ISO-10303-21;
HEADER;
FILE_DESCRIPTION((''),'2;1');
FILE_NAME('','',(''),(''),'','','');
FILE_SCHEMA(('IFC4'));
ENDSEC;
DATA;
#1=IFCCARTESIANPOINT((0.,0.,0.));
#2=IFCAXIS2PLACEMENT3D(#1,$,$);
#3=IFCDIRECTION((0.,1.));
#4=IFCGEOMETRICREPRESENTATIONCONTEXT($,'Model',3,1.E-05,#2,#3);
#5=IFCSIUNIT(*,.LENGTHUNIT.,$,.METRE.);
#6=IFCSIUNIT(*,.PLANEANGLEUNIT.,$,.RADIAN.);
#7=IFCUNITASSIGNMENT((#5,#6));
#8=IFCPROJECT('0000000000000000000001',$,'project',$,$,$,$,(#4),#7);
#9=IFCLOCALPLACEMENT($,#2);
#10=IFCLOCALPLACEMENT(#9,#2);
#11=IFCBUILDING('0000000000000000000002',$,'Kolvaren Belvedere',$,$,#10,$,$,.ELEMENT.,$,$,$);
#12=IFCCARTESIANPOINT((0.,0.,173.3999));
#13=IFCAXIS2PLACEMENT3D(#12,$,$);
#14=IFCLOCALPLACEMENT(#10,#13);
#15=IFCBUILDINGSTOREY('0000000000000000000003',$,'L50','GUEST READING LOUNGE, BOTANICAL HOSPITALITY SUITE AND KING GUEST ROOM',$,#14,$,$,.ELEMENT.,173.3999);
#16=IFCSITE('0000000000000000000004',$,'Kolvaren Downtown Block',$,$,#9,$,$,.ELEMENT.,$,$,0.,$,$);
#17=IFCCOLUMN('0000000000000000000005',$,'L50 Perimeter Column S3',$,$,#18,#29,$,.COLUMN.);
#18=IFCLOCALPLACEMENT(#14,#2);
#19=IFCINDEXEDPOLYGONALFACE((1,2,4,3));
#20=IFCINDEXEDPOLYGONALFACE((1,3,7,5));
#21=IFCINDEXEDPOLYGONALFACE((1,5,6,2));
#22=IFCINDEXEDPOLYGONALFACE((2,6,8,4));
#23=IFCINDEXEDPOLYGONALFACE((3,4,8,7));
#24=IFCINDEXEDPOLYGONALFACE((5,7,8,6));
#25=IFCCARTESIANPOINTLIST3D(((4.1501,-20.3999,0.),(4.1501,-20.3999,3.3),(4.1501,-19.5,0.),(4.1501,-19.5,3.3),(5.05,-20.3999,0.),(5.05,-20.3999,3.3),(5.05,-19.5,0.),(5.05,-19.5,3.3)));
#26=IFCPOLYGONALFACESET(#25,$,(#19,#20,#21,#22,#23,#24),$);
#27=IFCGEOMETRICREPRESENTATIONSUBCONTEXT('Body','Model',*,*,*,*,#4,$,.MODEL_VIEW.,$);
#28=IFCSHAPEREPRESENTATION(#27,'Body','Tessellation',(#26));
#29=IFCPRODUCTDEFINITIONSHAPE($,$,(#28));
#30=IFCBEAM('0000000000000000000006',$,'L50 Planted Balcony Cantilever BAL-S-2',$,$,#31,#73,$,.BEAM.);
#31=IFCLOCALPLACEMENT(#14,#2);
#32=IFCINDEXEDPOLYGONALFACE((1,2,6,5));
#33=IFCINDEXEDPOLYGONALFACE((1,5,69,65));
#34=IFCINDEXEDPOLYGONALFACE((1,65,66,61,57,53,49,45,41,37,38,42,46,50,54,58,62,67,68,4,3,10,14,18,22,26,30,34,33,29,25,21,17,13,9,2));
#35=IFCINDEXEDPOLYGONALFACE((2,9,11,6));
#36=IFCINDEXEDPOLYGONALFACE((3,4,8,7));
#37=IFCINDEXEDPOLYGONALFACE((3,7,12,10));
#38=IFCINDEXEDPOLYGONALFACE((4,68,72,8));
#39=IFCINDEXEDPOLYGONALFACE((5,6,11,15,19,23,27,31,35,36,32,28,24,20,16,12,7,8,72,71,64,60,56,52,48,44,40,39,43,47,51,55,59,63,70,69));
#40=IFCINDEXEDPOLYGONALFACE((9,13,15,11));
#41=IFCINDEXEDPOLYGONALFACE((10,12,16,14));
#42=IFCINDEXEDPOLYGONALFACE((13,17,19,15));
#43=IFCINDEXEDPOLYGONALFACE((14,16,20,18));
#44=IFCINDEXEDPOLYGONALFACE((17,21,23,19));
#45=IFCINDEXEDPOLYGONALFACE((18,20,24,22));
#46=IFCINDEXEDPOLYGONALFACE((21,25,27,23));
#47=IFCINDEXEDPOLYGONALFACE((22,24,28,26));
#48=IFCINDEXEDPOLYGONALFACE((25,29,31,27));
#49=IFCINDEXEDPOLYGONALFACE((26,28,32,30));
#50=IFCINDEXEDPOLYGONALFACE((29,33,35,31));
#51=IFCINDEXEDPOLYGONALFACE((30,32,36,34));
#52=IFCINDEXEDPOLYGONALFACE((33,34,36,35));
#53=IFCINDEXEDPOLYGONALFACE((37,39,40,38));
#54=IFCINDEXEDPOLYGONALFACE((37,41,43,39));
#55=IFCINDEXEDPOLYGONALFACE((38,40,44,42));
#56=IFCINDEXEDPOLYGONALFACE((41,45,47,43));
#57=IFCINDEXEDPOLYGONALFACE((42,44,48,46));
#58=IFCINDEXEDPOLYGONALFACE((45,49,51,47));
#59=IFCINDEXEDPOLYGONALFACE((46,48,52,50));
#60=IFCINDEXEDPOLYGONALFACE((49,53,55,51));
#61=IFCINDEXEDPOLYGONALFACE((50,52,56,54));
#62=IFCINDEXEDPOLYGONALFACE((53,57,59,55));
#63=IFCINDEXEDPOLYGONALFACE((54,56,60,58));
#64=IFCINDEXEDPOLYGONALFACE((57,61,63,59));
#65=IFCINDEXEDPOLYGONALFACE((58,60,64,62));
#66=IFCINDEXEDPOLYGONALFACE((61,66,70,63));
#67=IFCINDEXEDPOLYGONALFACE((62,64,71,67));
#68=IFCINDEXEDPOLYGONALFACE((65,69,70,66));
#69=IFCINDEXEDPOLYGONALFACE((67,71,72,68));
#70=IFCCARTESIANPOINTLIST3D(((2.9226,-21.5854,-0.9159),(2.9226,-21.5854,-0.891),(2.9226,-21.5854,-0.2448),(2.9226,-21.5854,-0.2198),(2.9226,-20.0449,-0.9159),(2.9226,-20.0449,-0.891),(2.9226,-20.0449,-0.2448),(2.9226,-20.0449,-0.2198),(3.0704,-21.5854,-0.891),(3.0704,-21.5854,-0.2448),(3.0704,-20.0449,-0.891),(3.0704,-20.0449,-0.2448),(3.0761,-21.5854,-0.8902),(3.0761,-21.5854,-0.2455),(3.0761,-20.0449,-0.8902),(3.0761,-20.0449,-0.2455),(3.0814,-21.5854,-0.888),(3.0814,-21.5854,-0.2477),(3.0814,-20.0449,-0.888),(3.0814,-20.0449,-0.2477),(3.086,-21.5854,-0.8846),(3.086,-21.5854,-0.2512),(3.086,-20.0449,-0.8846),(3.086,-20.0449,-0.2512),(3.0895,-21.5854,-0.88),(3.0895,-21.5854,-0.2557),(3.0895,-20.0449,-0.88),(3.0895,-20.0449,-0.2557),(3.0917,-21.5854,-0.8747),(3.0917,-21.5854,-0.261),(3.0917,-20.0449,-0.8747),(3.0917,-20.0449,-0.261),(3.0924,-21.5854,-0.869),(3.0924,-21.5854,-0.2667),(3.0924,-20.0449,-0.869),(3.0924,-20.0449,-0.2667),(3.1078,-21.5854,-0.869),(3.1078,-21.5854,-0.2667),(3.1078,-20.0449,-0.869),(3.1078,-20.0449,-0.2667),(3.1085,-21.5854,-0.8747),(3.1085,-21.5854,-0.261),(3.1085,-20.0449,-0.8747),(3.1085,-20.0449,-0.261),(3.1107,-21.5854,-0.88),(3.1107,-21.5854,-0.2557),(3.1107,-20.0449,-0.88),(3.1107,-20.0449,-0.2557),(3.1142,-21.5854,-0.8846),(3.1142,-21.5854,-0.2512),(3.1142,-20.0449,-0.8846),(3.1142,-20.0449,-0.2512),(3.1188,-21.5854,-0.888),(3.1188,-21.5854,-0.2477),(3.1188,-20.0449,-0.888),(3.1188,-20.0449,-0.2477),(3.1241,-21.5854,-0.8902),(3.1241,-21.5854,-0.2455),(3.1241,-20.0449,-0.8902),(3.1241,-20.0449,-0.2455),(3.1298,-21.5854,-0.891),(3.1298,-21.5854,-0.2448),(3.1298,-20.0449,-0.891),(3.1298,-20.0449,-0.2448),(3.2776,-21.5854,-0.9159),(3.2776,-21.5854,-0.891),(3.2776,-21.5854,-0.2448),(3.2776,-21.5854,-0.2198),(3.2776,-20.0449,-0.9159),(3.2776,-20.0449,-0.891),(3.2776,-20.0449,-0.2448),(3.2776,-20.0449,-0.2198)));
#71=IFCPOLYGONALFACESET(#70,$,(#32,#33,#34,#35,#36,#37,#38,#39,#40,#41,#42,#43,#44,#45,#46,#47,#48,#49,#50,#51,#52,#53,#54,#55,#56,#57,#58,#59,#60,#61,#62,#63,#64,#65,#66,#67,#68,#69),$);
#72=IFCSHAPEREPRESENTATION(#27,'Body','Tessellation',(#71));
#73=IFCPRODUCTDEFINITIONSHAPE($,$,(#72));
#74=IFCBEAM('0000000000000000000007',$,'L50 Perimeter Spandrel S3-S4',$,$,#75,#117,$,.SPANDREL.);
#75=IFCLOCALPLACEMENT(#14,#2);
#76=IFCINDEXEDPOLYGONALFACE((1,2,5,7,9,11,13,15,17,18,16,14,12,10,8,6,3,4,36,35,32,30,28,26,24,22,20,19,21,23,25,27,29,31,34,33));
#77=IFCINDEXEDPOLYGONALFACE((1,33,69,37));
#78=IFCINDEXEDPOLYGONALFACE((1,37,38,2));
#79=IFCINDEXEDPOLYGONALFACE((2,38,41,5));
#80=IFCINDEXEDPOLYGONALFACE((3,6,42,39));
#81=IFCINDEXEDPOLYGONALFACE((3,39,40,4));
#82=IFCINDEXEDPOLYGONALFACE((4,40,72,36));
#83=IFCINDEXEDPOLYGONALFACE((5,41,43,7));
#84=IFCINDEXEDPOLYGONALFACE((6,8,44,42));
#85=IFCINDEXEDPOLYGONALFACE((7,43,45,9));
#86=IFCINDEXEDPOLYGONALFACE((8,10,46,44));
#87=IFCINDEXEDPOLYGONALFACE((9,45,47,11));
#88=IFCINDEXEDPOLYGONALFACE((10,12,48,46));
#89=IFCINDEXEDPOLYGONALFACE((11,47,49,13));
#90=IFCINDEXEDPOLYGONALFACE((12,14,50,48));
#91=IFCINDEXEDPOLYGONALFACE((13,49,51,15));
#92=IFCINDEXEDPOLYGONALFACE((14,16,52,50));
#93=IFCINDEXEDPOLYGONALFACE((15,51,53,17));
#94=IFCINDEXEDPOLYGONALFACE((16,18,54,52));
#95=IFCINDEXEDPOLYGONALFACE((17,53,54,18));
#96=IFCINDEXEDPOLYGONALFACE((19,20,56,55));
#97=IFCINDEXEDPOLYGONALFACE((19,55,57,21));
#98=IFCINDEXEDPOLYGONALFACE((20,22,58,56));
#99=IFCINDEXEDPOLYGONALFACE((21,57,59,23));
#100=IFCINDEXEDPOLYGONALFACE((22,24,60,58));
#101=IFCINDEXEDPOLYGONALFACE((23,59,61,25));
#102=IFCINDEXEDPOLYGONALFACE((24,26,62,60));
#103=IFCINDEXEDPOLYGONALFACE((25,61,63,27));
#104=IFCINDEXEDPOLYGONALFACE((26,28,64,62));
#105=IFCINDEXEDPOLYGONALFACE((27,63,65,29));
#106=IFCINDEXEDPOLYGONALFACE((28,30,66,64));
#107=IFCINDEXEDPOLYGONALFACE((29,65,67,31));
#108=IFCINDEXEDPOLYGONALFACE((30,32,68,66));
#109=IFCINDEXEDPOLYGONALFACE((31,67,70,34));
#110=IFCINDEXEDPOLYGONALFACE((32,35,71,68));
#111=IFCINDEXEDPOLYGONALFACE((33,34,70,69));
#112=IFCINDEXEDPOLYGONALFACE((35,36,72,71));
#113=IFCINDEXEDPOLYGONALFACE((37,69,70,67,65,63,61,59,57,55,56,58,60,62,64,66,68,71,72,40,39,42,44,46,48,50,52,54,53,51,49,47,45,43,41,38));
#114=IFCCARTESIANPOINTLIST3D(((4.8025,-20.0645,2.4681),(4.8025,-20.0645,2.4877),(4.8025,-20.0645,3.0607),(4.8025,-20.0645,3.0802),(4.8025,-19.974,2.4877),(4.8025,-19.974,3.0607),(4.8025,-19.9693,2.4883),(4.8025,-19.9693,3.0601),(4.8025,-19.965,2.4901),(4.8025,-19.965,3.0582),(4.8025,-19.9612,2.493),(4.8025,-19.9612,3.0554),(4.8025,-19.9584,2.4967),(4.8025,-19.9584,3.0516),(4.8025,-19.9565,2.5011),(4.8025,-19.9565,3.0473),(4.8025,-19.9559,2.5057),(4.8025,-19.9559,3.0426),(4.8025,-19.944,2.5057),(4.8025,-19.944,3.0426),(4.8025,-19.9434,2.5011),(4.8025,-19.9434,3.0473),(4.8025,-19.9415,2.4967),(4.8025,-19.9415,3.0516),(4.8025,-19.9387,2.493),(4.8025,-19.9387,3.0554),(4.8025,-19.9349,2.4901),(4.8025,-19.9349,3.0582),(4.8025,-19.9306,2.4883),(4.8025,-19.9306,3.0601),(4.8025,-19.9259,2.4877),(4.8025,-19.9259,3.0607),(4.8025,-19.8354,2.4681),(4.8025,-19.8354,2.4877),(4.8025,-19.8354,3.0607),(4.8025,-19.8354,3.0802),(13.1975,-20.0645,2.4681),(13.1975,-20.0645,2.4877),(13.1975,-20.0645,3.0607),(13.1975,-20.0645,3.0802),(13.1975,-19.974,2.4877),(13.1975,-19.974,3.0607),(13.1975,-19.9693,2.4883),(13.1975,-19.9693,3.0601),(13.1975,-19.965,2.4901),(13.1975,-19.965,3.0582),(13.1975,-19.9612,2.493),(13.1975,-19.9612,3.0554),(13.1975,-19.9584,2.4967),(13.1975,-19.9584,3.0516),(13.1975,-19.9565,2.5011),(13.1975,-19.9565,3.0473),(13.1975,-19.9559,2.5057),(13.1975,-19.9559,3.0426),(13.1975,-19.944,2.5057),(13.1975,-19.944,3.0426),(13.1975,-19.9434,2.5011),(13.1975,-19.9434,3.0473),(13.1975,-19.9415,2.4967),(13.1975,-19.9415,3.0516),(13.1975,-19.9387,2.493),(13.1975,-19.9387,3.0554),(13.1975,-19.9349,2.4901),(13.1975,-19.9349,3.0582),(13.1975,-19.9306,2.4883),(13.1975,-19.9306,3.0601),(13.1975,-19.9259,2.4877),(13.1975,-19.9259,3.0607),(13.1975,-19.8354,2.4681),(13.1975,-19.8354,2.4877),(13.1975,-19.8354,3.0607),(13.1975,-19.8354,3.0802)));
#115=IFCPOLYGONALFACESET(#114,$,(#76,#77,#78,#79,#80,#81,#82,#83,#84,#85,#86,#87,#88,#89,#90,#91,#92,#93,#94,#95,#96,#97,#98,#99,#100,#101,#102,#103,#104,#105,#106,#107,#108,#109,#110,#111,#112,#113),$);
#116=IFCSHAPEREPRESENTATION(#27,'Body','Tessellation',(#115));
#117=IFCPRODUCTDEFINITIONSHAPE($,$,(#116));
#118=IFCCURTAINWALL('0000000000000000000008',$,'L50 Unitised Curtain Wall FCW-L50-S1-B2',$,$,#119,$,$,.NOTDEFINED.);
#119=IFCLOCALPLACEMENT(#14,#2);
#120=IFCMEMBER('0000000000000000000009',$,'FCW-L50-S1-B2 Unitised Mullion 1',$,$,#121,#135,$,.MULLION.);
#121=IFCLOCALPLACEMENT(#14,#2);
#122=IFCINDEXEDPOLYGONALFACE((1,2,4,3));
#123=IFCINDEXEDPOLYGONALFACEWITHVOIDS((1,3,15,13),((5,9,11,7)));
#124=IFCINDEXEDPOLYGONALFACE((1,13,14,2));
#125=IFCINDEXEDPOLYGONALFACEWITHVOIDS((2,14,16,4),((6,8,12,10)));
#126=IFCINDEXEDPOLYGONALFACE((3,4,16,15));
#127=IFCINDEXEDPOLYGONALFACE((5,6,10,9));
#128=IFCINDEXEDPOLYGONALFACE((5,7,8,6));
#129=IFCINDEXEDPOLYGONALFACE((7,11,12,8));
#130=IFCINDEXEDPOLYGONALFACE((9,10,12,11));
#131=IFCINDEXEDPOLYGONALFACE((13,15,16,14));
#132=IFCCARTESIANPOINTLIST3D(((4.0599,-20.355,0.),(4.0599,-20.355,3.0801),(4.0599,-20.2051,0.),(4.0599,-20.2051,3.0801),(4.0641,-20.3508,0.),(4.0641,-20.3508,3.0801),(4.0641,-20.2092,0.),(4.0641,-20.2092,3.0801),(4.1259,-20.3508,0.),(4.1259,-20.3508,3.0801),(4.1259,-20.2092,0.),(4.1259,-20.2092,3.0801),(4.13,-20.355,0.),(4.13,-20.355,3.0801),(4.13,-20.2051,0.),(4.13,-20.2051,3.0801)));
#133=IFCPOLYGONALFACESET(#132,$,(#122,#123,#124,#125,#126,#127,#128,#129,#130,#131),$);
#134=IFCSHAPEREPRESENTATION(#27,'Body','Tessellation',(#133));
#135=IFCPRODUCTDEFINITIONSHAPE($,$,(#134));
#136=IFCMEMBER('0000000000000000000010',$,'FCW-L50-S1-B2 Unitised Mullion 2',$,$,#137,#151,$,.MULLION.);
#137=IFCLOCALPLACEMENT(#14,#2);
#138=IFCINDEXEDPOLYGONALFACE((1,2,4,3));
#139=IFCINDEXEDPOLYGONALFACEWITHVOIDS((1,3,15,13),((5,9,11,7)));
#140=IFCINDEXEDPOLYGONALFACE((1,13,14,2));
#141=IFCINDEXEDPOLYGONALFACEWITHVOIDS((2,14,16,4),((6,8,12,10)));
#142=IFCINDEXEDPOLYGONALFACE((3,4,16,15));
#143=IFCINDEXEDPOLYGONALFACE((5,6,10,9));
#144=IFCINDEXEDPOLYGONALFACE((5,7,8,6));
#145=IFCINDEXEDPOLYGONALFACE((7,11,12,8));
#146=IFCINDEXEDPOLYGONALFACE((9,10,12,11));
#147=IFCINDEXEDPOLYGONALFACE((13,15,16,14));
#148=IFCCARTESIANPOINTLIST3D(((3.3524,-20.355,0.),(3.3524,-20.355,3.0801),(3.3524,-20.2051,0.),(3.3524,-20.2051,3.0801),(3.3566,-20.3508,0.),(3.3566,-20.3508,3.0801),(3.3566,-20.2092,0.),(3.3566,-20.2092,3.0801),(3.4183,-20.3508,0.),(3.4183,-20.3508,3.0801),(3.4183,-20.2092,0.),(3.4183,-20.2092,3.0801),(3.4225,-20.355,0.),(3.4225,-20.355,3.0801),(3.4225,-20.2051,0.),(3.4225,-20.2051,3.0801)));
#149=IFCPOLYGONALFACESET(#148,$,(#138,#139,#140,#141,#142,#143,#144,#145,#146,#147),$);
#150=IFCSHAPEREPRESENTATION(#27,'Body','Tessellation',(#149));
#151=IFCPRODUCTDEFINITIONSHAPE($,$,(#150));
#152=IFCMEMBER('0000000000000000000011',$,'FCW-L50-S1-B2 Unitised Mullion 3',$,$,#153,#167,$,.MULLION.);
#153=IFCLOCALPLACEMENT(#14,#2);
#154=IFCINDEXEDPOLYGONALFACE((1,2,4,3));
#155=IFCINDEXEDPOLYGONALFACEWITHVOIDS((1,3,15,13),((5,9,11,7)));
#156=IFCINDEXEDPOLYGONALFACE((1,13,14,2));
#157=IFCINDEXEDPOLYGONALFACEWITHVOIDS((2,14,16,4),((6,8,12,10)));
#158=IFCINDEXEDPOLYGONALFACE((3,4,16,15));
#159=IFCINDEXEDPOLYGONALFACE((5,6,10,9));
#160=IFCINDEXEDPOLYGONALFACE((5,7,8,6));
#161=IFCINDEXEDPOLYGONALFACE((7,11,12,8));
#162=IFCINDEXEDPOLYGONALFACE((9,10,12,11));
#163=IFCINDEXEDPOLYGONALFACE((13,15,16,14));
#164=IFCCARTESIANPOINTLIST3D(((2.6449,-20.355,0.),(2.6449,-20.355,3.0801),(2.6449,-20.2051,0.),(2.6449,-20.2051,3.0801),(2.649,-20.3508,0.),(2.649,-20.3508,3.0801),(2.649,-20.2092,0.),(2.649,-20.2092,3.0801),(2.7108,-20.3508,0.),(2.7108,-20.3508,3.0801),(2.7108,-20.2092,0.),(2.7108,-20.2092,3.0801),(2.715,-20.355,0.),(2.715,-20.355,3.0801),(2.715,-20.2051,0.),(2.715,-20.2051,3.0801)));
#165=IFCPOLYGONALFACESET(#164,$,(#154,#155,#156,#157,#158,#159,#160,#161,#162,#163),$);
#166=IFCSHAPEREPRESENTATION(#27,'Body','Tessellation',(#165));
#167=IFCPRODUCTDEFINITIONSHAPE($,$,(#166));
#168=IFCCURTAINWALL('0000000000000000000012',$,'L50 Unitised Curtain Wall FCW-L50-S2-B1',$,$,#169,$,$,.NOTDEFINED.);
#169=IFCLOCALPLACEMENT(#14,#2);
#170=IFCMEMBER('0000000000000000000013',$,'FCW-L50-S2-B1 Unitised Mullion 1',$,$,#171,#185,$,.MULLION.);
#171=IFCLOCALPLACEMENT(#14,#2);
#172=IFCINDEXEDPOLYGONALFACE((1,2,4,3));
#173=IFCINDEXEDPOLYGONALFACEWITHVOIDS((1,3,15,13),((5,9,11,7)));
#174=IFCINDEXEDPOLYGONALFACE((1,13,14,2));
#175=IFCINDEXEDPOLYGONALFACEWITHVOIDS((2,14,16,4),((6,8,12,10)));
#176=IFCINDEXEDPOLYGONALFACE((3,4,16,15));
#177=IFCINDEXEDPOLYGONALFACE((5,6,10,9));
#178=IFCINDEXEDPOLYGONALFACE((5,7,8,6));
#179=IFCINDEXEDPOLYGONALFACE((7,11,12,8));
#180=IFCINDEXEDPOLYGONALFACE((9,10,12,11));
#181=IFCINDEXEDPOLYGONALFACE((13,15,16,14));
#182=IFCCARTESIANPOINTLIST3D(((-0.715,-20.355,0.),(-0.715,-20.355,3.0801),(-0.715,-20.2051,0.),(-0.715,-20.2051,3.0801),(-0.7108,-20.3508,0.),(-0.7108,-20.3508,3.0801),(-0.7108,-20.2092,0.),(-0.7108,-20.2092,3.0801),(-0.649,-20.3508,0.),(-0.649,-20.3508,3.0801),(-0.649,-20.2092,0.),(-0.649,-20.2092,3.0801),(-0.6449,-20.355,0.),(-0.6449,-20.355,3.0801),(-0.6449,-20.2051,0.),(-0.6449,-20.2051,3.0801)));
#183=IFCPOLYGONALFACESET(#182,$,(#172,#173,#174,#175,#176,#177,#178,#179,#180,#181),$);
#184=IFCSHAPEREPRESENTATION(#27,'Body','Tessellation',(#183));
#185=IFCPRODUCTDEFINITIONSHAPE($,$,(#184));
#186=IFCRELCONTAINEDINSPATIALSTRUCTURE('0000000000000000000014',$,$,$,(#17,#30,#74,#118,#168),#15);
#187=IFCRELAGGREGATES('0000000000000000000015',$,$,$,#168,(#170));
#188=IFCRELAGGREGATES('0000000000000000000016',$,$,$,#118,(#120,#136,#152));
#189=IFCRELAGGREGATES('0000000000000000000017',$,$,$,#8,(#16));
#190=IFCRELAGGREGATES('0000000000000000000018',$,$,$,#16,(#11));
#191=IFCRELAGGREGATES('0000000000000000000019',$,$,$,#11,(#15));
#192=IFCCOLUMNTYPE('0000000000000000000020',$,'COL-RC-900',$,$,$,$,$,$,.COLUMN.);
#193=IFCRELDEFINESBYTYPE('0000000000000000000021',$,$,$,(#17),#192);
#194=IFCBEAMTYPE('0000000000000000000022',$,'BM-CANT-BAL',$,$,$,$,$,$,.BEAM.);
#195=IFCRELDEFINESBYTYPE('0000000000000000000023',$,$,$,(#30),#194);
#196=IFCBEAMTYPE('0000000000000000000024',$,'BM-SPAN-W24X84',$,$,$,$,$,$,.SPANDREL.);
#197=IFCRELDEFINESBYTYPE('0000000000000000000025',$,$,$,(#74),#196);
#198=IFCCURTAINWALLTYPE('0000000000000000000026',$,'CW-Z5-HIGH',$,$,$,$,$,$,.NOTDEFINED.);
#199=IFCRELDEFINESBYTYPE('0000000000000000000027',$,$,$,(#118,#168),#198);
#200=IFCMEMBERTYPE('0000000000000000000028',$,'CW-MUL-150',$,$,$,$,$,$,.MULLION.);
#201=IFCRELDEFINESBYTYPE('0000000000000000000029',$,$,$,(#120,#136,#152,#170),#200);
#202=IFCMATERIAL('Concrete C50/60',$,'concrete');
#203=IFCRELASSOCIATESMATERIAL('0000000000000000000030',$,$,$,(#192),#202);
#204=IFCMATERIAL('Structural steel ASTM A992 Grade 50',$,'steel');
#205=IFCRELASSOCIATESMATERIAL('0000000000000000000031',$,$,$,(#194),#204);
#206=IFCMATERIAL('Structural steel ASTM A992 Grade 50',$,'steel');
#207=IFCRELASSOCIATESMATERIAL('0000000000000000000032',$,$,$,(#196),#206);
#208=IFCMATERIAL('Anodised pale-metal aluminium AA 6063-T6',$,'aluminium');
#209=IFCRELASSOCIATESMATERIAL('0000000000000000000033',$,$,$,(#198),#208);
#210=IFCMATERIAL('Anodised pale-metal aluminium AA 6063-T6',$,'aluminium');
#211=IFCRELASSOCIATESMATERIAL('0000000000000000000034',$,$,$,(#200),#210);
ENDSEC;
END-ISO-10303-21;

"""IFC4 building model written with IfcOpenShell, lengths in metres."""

from ifc_helpers import new_model, si_unit, direction, frame, origin, origin_2d, place, context, subcontext, project, spatial, rectangle, hollow_rectangle, i_section, extrude, material, material_profile, profile_set, type_object, element, aggregate, save


model = new_model("IFC4")

# Units and contexts
model_context = context("Model", 3, precision=1e-05, world=origin(), true_north=direction((0.0, 1.0)))
body_context = subcontext(model_context, "Body", "Model", "MODEL_VIEW")
ifc_project = project(units=[si_unit("LENGTHUNIT", "METRE"), si_unit("PLANEANGLEUNIT", "RADIAN")], contexts=[model_context])

# Site, building, storey
site_placement = place(None, origin())
site = spatial("IfcSite", under=ifc_project, at=site_placement, Name="Kolvaren Downtown Block", CompositionType="ELEMENT", RefElevation=0.0)
building_placement = place(site_placement, origin())
building = spatial("IfcBuilding", under=site, at=building_placement, Name="Kolvaren Belvedere", CompositionType="ELEMENT")
storey_placement = place(building_placement, frame((0.0, 0.0, 173.3999)))
storey = spatial("IfcBuildingStorey", under=building, at=storey_placement, Name="L50", Description="GUEST READING LOUNGE, BOTANICAL HOSPITALITY SUITE AND KING GUEST ROOM", CompositionType="ELEMENT", Elevation=173.3999)

# Column
ifc_material_1 = material(Name="Concrete C50/60", Category="concrete")
ifc_material_profile_1 = material_profile(ifc_material_1, rectangle(XDim=0.8999, YDim=0.8999, at=origin_2d()), Name="RC 900X900")
ifc_profile_set_1 = profile_set([ifc_material_profile_1], Name="Concrete C50/60")
column_type = type_object("IfcColumnType", Name="COL-RC-900", PredefinedType="COLUMN", material=ifc_profile_set_1)
column_placement = place(storey_placement, frame((4.6001, -19.95, 0.0), z_axis=(0.0, 0.0, 1.0), x_axis=(1.0, 0.0, 0.0)))
element("IfcColumn", 1, at=column_placement, inside=storey, type_object=column_type, Name="L50 Perimeter Column S3", PredefinedType="COLUMN", context=body_context, shape_type="SweptSolid", body=[
    extrude(rectangle(XDim=0.8999, YDim=0.8999, at=origin_2d()), origin(), (0.0, 0.0, 1.0), 3.3),
])

# Beams
ifc_material_2 = material(Name="Structural steel ASTM A992 Grade 50", Category="steel")
ifc_material_profile_2 = material_profile(ifc_material_2, i_section(OverallWidth=0.355, OverallDepth=0.696, WebThickness=0.0154, FlangeThickness=0.0249, FilletRadius=0.022, at=origin_2d()), Name="W27X146")
ifc_profile_set_2 = profile_set([ifc_material_profile_2], Name="Structural steel ASTM A992 Grade 50")
beam_type_1 = type_object("IfcBeamType", Name="BM-CANT-BAL", PredefinedType="BEAM", material=ifc_profile_set_2)
beam_1_placement = place(storey_placement, frame((3.1001, -20.0449, -0.5679), z_axis=(0.0, -1.0, 0.0), x_axis=(1.0, 0.0, 0.0)))
element("IfcBeam", 2, at=beam_1_placement, inside=storey, type_object=beam_type_1, Name="L50 Planted Balcony Cantilever BAL-S-2", PredefinedType="BEAM", context=body_context, shape_type="SweptSolid", body=[
    extrude(i_section(OverallWidth=0.355, OverallDepth=0.696, WebThickness=0.0154, FlangeThickness=0.0249, FilletRadius=0.022, at=origin_2d()), origin(), (0.0, 0.0, 1.0), 1.5405),
])
ifc_material_3 = material(Name="Structural steel ASTM A992 Grade 50", Category="steel")
ifc_material_profile_3 = material_profile(ifc_material_3, i_section(OverallWidth=0.229, OverallDepth=0.6121, WebThickness=0.012, FlangeThickness=0.0195, FilletRadius=0.0181, at=origin_2d()), Name="W24X84")
ifc_profile_set_3 = profile_set([ifc_material_profile_3], Name="Structural steel ASTM A992 Grade 50")
beam_type_2 = type_object("IfcBeamType", Name="BM-SPAN-W24X84", PredefinedType="SPANDREL", material=ifc_profile_set_3)
beam_2_placement = place(storey_placement, frame((4.8025, -19.95, 2.7742), z_axis=(1.0, 0.0, 0.0), x_axis=(0.0, 1.0, 0.0)))
element("IfcBeam", 3, at=beam_2_placement, inside=storey, type_object=beam_type_2, Name="L50 Perimeter Spandrel S3-S4", PredefinedType="SPANDREL", context=body_context, shape_type="SweptSolid", body=[
    extrude(i_section(OverallWidth=0.229, OverallDepth=0.6121, WebThickness=0.012, FlangeThickness=0.0195, FilletRadius=0.0181, at=origin_2d()), origin(), (0.0, 0.0, 1.0), 8.395),
])

# Curtain wall, members
ifc_material_4 = material(Name="Anodised pale-metal aluminium AA 6063-T6", Category="aluminium")
curtain_wall_type = type_object("IfcCurtainWallType", Name="CW-Z5-HIGH", PredefinedType="NOTDEFINED", material=ifc_material_4)
curtain_wall_1_placement = place(storey_placement, origin())
curtain_wall_1 = element("IfcCurtainWall", 4, at=curtain_wall_1_placement, inside=storey, type_object=curtain_wall_type, Name="L50 Unitised Curtain Wall FCW-L50-S1-B2", PredefinedType="NOTDEFINED")
ifc_material_5 = material(Name="Anodised pale-metal aluminium AA 6063-T6", Category="aluminium")
ifc_material_profile_4 = material_profile(ifc_material_5, hollow_rectangle(XDim=0.0701, YDim=0.1499, WallThickness=0.0042, at=origin_2d()), Name="ALU-MUL-150X70")
ifc_profile_set_4 = profile_set([ifc_material_profile_4], Name="Anodised pale-metal aluminium AA 6063-T6")
member_type_1 = type_object("IfcMemberType", Name="CW-MUL-150", PredefinedType="MULLION", material=ifc_profile_set_4)
member_1_placement = place(storey_placement, frame((4.095, -20.28, 0.0), z_axis=(0.0, 0.0, 1.0), x_axis=(1.0, 0.0, 0.0)))
member_1 = element("IfcMember", 5, at=member_1_placement, type_object=member_type_1, Name="FCW-L50-S1-B2 Unitised Mullion 1", PredefinedType="MULLION", context=body_context, shape_type="SweptSolid", body=[
    extrude(hollow_rectangle(XDim=0.0701, YDim=0.1499, WallThickness=0.0042, at=origin_2d()), origin(), (0.0, 0.0, 1.0), 3.0801),
])
member_2_placement = place(storey_placement, frame((3.3875, -20.28, 0.0), z_axis=(0.0, 0.0, 1.0), x_axis=(1.0, 0.0, 0.0)))
member_2 = element("IfcMember", 6, at=member_2_placement, type_object=member_type_1, Name="FCW-L50-S1-B2 Unitised Mullion 2", PredefinedType="MULLION", context=body_context, shape_type="SweptSolid", body=[
    extrude(hollow_rectangle(XDim=0.0701, YDim=0.1499, WallThickness=0.0042, at=origin_2d()), origin(), (0.0, 0.0, 1.0), 3.0801),
])
member_3_placement = place(storey_placement, frame((2.6799, -20.28, 0.0), z_axis=(0.0, 0.0, 1.0), x_axis=(1.0, 0.0, 0.0)))
member_3 = element("IfcMember", 7, at=member_3_placement, type_object=member_type_1, Name="FCW-L50-S1-B2 Unitised Mullion 3", PredefinedType="MULLION", context=body_context, shape_type="SweptSolid", body=[
    extrude(hollow_rectangle(XDim=0.0701, YDim=0.1499, WallThickness=0.0042, at=origin_2d()), origin(), (0.0, 0.0, 1.0), 3.0801),
])

# Curtain wall, member
curtain_wall_2_placement = place(storey_placement, origin())
curtain_wall_2 = element("IfcCurtainWall", 8, at=curtain_wall_2_placement, inside=storey, type_object=curtain_wall_type, Name="L50 Unitised Curtain Wall FCW-L50-S2-B1", PredefinedType="NOTDEFINED")
member_4_placement = place(storey_placement, frame((-0.6799, -20.28, 0.0), z_axis=(0.0, 0.0, 1.0), x_axis=(1.0, 0.0, 0.0)))
member_4 = element("IfcMember", 9, at=member_4_placement, type_object=member_type_1, Name="FCW-L50-S2-B1 Unitised Mullion 1", PredefinedType="MULLION", context=body_context, shape_type="SweptSolid", body=[
    extrude(hollow_rectangle(XDim=0.0701, YDim=0.1499, WallThickness=0.0042, at=origin_2d()), origin(), (0.0, 0.0, 1.0), 3.0801),
])

aggregate(curtain_wall_2, [member_4])

aggregate(curtain_wall_1, [member_1, member_2, member_3])

save(model, "model.ifc")
